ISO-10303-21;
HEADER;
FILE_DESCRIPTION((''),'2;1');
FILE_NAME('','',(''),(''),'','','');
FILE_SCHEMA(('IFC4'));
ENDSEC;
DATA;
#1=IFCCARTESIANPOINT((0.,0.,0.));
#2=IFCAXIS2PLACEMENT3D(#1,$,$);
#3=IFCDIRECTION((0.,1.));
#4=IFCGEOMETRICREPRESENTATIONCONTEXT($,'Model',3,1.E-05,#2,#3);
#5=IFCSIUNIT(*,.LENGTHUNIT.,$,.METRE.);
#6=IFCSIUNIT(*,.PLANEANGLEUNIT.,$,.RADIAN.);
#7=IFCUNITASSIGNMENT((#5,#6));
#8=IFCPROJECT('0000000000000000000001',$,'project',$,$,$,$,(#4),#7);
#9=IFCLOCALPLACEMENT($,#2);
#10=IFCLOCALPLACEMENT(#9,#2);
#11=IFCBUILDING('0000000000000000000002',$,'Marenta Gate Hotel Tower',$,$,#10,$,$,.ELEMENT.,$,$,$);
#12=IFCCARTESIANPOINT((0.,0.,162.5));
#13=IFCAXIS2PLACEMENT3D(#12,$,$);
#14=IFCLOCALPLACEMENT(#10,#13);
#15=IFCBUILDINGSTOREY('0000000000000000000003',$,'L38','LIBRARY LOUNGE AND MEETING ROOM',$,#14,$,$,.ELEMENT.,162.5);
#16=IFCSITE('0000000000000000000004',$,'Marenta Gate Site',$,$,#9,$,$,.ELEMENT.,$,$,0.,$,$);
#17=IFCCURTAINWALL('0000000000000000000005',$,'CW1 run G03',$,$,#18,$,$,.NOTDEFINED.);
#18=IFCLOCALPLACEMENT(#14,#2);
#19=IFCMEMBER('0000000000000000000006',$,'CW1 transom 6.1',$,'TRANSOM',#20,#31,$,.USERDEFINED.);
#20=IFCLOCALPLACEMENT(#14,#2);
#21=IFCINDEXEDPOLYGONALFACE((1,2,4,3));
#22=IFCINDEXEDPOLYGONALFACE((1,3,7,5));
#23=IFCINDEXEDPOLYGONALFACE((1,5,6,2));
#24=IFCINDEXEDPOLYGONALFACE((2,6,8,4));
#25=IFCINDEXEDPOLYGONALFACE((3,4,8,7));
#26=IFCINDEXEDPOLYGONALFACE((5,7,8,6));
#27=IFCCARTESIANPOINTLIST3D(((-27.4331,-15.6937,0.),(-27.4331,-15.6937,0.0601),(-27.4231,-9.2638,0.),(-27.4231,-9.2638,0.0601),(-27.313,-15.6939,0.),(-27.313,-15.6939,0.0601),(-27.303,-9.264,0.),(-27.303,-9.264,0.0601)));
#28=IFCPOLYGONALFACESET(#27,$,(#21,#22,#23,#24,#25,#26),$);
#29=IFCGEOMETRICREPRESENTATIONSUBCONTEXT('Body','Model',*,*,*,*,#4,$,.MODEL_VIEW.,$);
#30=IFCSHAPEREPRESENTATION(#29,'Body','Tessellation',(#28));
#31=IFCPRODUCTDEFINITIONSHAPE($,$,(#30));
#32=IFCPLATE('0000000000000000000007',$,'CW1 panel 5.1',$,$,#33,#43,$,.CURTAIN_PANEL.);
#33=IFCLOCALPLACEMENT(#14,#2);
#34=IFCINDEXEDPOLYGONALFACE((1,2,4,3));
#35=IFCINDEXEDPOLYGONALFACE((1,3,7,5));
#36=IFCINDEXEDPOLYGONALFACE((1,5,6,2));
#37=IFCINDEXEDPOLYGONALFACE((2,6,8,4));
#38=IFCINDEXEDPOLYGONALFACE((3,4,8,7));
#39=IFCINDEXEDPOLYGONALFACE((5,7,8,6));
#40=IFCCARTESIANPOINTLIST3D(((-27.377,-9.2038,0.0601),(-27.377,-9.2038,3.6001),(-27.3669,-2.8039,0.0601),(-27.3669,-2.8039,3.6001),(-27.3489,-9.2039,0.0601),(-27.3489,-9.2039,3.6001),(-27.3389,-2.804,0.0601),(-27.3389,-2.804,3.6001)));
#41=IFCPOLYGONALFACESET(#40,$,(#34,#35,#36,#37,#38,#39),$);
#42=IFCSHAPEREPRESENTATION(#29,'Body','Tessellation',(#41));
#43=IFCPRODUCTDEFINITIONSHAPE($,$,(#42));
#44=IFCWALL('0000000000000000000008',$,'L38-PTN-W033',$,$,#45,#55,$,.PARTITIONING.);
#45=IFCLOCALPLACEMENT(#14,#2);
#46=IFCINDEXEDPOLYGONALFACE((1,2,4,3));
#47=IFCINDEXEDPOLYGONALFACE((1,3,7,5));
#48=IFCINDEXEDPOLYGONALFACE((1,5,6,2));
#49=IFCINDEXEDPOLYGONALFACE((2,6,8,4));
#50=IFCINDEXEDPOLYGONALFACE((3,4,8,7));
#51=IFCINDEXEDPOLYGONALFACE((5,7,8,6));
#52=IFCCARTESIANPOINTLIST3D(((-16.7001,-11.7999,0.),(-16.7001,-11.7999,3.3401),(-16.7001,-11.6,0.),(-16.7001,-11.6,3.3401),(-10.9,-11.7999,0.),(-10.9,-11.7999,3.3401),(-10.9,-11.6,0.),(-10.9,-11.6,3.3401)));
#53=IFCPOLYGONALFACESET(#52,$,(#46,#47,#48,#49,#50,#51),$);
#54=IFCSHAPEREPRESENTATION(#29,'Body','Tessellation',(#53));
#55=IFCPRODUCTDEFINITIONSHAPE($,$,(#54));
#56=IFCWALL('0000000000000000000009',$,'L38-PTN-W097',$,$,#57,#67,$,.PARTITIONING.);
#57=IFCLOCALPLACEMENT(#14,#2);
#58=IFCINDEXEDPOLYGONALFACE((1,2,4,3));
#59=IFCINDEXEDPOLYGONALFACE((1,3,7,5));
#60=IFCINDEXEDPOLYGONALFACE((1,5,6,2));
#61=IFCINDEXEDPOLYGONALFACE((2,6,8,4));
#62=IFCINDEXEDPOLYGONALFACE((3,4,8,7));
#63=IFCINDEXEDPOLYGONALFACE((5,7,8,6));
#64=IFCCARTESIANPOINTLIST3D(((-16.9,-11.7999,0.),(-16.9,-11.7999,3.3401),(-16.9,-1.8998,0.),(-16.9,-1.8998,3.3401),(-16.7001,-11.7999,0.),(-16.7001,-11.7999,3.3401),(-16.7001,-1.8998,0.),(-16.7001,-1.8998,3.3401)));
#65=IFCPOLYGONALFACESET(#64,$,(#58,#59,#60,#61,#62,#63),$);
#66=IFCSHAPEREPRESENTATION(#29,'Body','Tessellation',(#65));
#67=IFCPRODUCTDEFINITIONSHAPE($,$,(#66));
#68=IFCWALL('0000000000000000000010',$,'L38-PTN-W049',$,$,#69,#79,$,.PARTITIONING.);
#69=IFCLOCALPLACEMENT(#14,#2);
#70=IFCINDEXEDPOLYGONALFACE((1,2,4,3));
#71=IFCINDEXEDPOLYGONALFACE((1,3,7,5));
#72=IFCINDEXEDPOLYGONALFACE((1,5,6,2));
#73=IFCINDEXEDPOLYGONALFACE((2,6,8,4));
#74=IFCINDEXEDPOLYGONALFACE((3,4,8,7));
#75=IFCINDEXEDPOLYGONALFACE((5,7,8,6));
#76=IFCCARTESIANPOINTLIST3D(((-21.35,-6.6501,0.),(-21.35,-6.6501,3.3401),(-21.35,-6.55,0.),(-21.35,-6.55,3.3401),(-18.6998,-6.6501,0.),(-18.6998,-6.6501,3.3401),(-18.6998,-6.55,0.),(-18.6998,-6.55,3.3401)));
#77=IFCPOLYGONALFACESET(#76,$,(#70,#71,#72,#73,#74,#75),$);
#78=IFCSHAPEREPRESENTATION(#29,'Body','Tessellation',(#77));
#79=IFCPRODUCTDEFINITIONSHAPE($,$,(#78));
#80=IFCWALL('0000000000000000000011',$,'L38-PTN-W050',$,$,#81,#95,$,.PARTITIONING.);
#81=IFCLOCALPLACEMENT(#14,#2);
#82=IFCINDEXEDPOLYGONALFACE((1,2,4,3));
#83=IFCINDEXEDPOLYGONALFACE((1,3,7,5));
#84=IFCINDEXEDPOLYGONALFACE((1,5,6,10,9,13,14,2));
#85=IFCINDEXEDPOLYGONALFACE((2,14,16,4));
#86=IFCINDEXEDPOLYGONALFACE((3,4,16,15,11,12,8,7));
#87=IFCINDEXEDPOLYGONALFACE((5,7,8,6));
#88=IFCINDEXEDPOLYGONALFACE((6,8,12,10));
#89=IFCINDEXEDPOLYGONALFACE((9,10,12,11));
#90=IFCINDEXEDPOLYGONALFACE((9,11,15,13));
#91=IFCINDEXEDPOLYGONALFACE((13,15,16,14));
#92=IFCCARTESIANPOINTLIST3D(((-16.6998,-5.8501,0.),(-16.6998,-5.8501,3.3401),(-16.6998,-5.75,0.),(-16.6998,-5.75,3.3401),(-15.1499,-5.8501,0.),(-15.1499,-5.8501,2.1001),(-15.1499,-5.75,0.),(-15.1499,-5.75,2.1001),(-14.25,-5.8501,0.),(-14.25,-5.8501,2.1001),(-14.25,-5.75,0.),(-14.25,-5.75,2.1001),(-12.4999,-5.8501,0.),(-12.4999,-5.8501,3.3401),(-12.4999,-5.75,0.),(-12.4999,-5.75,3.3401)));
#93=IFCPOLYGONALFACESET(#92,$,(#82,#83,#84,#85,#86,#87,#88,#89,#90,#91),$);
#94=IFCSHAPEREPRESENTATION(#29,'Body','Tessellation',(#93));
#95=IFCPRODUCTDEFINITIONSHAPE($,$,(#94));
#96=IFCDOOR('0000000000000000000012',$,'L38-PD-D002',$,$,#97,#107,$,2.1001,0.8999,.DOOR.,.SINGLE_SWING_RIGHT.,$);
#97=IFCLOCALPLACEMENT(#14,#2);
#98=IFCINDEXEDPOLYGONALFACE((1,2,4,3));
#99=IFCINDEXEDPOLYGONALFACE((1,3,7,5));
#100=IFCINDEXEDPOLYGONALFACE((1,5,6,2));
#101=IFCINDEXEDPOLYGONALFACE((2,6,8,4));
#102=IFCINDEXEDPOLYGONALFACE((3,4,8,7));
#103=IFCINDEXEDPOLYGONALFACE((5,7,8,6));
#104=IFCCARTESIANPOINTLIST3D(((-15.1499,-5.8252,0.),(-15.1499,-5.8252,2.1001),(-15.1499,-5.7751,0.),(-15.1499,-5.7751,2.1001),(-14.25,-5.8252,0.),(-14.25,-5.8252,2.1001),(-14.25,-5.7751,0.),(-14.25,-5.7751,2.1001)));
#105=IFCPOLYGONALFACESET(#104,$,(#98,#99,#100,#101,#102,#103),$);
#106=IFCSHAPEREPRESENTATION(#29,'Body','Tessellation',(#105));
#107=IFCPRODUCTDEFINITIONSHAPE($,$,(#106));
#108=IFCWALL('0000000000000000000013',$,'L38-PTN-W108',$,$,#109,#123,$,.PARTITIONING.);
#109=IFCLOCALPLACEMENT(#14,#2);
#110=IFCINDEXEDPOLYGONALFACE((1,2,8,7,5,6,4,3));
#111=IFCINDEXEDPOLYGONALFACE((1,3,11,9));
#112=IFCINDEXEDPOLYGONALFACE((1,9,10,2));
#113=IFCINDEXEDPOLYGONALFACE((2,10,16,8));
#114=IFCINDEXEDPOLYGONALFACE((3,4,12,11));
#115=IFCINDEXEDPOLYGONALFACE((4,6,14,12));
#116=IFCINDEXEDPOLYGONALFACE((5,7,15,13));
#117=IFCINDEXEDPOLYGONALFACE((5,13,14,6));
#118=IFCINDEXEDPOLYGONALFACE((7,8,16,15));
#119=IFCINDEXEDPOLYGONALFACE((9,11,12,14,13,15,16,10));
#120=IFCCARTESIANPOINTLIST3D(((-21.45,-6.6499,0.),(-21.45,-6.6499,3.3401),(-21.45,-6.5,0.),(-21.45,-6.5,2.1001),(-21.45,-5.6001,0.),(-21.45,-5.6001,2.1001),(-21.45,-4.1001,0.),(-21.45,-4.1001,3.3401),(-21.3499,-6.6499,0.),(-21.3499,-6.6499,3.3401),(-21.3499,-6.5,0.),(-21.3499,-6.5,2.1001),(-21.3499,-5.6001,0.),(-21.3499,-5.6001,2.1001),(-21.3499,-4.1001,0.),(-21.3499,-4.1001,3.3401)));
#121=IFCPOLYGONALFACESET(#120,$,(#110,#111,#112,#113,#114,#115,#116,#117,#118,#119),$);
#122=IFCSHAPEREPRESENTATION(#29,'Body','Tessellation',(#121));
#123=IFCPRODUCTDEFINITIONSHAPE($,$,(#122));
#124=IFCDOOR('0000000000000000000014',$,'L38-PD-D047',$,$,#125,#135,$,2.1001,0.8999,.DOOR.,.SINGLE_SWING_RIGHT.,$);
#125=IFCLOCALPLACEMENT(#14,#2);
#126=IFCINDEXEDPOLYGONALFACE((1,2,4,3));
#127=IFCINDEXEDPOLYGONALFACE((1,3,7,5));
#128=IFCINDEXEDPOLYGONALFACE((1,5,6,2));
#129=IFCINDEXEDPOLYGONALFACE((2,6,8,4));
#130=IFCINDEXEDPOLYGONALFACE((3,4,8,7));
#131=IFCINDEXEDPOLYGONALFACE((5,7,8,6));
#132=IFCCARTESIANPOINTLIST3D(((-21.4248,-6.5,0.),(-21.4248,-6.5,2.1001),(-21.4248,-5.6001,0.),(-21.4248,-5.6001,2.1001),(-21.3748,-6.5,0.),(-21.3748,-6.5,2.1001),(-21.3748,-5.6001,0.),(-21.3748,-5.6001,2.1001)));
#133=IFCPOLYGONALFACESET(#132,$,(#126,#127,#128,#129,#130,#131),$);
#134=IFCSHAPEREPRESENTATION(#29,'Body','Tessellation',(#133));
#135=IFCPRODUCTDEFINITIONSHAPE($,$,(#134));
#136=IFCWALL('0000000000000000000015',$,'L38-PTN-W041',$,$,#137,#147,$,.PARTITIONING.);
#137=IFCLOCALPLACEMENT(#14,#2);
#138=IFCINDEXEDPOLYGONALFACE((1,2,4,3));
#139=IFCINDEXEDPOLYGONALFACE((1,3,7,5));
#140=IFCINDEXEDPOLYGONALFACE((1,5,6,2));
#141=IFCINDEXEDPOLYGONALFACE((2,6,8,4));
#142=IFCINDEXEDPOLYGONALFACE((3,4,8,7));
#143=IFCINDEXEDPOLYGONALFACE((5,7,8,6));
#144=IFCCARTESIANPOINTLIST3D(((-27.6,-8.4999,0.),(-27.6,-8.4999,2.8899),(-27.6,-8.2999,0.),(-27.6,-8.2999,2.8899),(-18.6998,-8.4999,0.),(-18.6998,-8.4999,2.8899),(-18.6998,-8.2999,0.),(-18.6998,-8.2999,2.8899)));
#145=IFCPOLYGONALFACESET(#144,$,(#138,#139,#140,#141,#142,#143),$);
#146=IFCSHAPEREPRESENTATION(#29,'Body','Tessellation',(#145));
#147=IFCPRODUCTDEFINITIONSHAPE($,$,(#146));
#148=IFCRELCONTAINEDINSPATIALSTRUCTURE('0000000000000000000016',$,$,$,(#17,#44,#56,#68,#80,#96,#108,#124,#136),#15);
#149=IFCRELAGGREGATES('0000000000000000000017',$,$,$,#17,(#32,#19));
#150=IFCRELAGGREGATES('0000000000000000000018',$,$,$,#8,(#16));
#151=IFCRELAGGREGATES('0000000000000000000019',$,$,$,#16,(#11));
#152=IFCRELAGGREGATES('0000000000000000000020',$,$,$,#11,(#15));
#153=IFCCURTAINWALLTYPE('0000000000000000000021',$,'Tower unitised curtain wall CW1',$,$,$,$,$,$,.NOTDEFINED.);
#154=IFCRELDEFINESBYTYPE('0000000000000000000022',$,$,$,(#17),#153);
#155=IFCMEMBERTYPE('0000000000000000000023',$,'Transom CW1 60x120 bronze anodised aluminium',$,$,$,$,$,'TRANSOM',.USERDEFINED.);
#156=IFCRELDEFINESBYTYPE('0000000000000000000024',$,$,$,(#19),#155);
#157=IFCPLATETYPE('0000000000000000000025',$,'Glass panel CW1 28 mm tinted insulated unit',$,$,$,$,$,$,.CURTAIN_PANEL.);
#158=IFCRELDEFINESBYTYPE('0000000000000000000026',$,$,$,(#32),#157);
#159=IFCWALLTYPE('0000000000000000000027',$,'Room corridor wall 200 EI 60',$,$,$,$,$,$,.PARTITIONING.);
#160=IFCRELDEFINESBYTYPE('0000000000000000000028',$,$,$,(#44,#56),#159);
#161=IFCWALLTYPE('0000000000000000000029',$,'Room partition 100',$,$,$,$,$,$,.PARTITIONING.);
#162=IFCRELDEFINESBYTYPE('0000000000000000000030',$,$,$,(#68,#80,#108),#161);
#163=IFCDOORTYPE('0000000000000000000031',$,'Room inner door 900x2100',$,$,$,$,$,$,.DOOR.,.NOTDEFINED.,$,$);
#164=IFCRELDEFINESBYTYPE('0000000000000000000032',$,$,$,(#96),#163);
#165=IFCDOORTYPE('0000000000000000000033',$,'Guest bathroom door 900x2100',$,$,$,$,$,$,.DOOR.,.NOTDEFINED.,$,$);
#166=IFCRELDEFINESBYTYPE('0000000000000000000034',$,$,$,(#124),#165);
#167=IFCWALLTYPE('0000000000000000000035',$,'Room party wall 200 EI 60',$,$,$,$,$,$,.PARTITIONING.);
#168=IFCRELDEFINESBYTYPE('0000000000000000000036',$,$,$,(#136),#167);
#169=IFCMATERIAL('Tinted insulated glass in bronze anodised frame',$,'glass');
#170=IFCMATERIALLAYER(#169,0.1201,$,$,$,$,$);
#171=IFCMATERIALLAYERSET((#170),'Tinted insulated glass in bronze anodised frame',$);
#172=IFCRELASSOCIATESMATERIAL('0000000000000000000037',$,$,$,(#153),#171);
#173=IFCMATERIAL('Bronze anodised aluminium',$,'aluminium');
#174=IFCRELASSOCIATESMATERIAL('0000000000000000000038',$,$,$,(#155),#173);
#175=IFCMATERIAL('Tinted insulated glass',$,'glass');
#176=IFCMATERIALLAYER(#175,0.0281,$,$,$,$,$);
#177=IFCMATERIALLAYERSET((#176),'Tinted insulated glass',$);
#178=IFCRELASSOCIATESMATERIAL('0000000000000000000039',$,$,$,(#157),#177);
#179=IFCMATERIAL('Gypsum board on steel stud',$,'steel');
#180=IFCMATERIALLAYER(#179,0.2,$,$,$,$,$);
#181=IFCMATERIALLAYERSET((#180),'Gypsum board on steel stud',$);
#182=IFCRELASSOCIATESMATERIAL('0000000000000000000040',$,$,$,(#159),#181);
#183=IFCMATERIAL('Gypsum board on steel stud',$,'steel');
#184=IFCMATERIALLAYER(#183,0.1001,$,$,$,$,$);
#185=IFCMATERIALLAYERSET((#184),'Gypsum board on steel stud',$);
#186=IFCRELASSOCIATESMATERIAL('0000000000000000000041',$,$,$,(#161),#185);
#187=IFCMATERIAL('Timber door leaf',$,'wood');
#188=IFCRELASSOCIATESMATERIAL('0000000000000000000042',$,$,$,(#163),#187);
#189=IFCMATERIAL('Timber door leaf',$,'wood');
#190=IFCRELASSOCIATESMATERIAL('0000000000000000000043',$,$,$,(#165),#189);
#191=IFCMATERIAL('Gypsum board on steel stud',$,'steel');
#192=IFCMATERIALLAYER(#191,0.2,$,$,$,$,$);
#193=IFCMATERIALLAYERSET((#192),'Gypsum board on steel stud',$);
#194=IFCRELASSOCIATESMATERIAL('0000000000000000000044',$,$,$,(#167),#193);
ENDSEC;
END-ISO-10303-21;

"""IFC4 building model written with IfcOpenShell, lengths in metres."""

from ifc_helpers import new_model, si_unit, direction, frame, frame_2d, origin, origin_2d, place, context, subcontext, project, spatial, rectangle, extrude, material, layer, layer_set, material_profile, profile_set, type_object, element, fill, aggregate, save


model = new_model("IFC4")

# Units and contexts
model_context = context("Model", 3, precision=1e-05, world=origin(), true_north=direction((0.0, 1.0)))
body_context = subcontext(model_context, "Body", "Model", "MODEL_VIEW")
ifc_project = project(units=[si_unit("LENGTHUNIT", "METRE"), si_unit("PLANEANGLEUNIT", "RADIAN")], contexts=[model_context])

# Site, building, storey
site_placement = place(None, origin())
site = spatial("IfcSite", under=ifc_project, at=site_placement, Name="Marenta Gate Site", CompositionType="ELEMENT", RefElevation=0.0)
building_placement = place(site_placement, origin())
building = spatial("IfcBuilding", under=site, at=building_placement, Name="Marenta Gate Hotel Tower", CompositionType="ELEMENT")
storey_placement = place(building_placement, frame((0.0, 0.0, 162.5)))
storey = spatial("IfcBuildingStorey", under=building, at=storey_placement, Name="L38", Description="LIBRARY LOUNGE AND MEETING ROOM", CompositionType="ELEMENT", Elevation=162.5)

# Curtain wall, member, plate
ifc_material_1 = material(Name="Tinted insulated glass in bronze anodised frame", Category="glass")
ifc_layer_1 = layer(ifc_material_1, 0.1201)
ifc_layer_set_1 = layer_set([ifc_layer_1], Name="Tinted insulated glass in bronze anodised frame")
curtain_wall_type = type_object("IfcCurtainWallType", Name="Tower unitised curtain wall CW1", PredefinedType="NOTDEFINED", material=ifc_layer_set_1)
curtain_wall_placement = place(storey_placement, origin())
curtain_wall = element("IfcCurtainWall", 1, at=curtain_wall_placement, inside=storey, type_object=curtain_wall_type, Name="CW1 run G03", PredefinedType="NOTDEFINED")
ifc_material_2 = material(Name="Bronze anodised aluminium", Category="aluminium")
ifc_material_profile_1 = material_profile(ifc_material_2, rectangle(XDim=0.1201, YDim=0.0601, at=origin_2d()), Name="Transom CW1 60x120 bronze anodised aluminium")
ifc_profile_set_1 = profile_set([ifc_material_profile_1], Name="Bronze anodised aluminium")
member_type_1 = type_object("IfcMemberType", Name="Transom CW1 60x120 bronze anodised aluminium", ElementType="TRANSOM", PredefinedType="USERDEFINED", material=ifc_profile_set_1)
member_1_placement = place(storey_placement, frame((-27.363, -9.2639, 0.03), z_axis=(-0.001557, -0.999999, 0.0), x_axis=(0.999999, -0.001557, 0.0)))
member_1 = element("IfcMember", 2, at=member_1_placement, type_object=member_type_1, Name="CW1 transom 6.1", ObjectType="TRANSOM", PredefinedType="USERDEFINED", context=body_context, shape_type="SweptSolid", body=[
    extrude(rectangle(XDim=0.1201, YDim=0.0601, at=origin_2d()), origin(), (0.0, 0.0, 1.0), 6.4299),
])
ifc_material_3 = material(Name="Tinted insulated glass", Category="glass")
ifc_layer_2 = layer(ifc_material_3, 0.0281)
ifc_layer_set_2 = layer_set([ifc_layer_2], Name="Tinted insulated glass")
plate_type = type_object("IfcPlateType", Name="Glass panel CW1 28 mm tinted insulated unit", PredefinedType="CURTAIN_PANEL", material=ifc_layer_set_2)
plate_placement = place(storey_placement, frame((-27.3579, -6.0039, 0.0601), z_axis=(0.0, 0.0, 1.0), x_axis=(-0.001566, -0.999999, 0.0)))
plate = element("IfcPlate", 3, at=plate_placement, type_object=plate_type, Name="CW1 panel 5.1", PredefinedType="CURTAIN_PANEL", context=body_context, shape_type="SweptSolid", body=[
    extrude(rectangle(XDim=6.3999, YDim=0.0281, at=origin_2d()), origin(), (0.0, 0.0, 1.0), 3.54),
])
aggregate(curtain_wall, [plate, member_1])

# Walls
ifc_material_4 = material(Name="Gypsum board on steel stud", Category="steel")
ifc_layer_3 = layer(ifc_material_4, 0.2)
ifc_layer_set_3 = layer_set([ifc_layer_3], Name="Gypsum board on steel stud")
wall_type_1 = type_object("IfcWallType", Name="Room corridor wall 200 EI 60", PredefinedType="PARTITIONING", material=ifc_layer_set_3)
wall_1_placement = place(storey_placement, frame((-16.7, -11.7, 0.0), z_axis=(0.0, 0.0, 1.0), x_axis=(1.0, 0.0, 0.0)))
element("IfcWall", 4, at=wall_1_placement, inside=storey, type_object=wall_type_1, Name="L38-PTN-W033", PredefinedType="PARTITIONING", context=body_context, shape_type="SweptSolid", body=[
    extrude(rectangle(XDim=5.8, YDim=0.2, at=frame_2d((2.8999, 0.0))), origin(), (0.0, 0.0, 1.0), 3.3401),
])
wall_2_placement = place(storey_placement, frame((-16.8, -11.8, 0.0), z_axis=(0.0, 0.0, 1.0), x_axis=(0.0, 1.0, 0.0)))
element("IfcWall", 5, at=wall_2_placement, inside=storey, type_object=wall_type_1, Name="L38-PTN-W097", PredefinedType="PARTITIONING", context=body_context, shape_type="SweptSolid", body=[
    extrude(rectangle(XDim=9.9001, YDim=0.2, at=frame_2d((4.9502, 0.0))), origin(), (0.0, 0.0, 1.0), 3.3401),
])
ifc_material_5 = material(Name="Gypsum board on steel stud", Category="steel")
ifc_layer_4 = layer(ifc_material_5, 0.1001)
ifc_layer_set_4 = layer_set([ifc_layer_4], Name="Gypsum board on steel stud")
wall_type_2 = type_object("IfcWallType", Name="Room partition 100", PredefinedType="PARTITIONING", material=ifc_layer_set_4)
wall_3_placement = place(storey_placement, frame((-21.3501, -6.6001, 0.0), z_axis=(0.0, 0.0, 1.0), x_axis=(1.0, 0.0, 0.0)))
element("IfcWall", 6, at=wall_3_placement, inside=storey, type_object=wall_type_2, Name="L38-PTN-W049", PredefinedType="PARTITIONING", context=body_context, shape_type="SweptSolid", body=[
    extrude(rectangle(XDim=2.6501, YDim=0.1001, at=frame_2d((1.3252, 0.0))), origin(), (0.0, 0.0, 1.0), 3.3401),
])

# Walls, openings, doors
wall_4_placement = place(storey_placement, frame((-16.7, -5.8, 0.0), z_axis=(0.0, 0.0, 1.0), x_axis=(1.0, 0.0, 0.0)))
wall_4 = element("IfcWall", 7, at=wall_4_placement, inside=storey, type_object=wall_type_2, Name="L38-PTN-W050", PredefinedType="PARTITIONING", context=body_context, shape_type="SweptSolid", body=[
    extrude(rectangle(XDim=4.2, YDim=0.1001, at=frame_2d((2.1001, 0.0))), origin(), (0.0, 0.0, 1.0), 3.3401),
])
opening_1_placement = place(wall_4_placement, frame((1.55, 0.0, 0.0)))
opening_1 = element("IfcOpeningElement", 8, at=opening_1_placement, cuts=wall_4, PredefinedType="OPENING", context=body_context, shape_type="SweptSolid", body=[
    extrude(rectangle(XDim=0.8999, YDim=2.1001, at=frame_2d((0.45, 1.05))), frame((0.0, 0.05, 0.0), z_axis=(0.0, -1.0, 0.0), x_axis=(1.0, 0.0, 0.0)), (0.0, 0.0, 1.0), 0.1001),
])
ifc_material_6 = material(Name="Timber door leaf", Category="wood")
door_type_1 = type_object("IfcDoorType", Name="Room inner door 900x2100", OperationType="NOTDEFINED", PredefinedType="DOOR", material=ifc_material_6)
door_1_placement = place(opening_1_placement, origin())
door_1 = element("IfcDoor", 9, at=door_1_placement, inside=storey, type_object=door_type_1, Name="L38-PD-D002", OperationType="SINGLE_SWING_RIGHT", OverallHeight=2.1001, OverallWidth=0.8999, PredefinedType="DOOR", context=body_context, shape_type="SweptSolid", body=[
    extrude(rectangle(XDim=0.8999, YDim=2.1001, at=frame_2d((0.45, 1.05))), frame((0.0, 0.0249, 0.0), z_axis=(0.0, -1.0, 0.0), x_axis=(1.0, 0.0, 0.0)), (0.0, 0.0, 1.0), 0.05),
])
fill(opening_1, door_1)
wall_5_placement = place(storey_placement, frame((-21.3999, -6.6499, 0.0), z_axis=(0.0, 0.0, 1.0), x_axis=(0.0, 1.0, 0.0)))
wall_5 = element("IfcWall", 10, at=wall_5_placement, inside=storey, type_object=wall_type_2, Name="L38-PTN-W108", PredefinedType="PARTITIONING", context=body_context, shape_type="SweptSolid", body=[
    extrude(rectangle(XDim=2.5498, YDim=0.1001, at=frame_2d((1.2749, 0.0))), origin(), (0.0, 0.0, 1.0), 3.3401),
])
opening_2_placement = place(wall_5_placement, frame((0.1499, 0.0, 0.0)))
opening_2 = element("IfcOpeningElement", 11, at=opening_2_placement, cuts=wall_5, PredefinedType="OPENING", context=body_context, shape_type="SweptSolid", body=[
    extrude(rectangle(XDim=0.8999, YDim=2.1001, at=frame_2d((0.45, 1.05))), frame((0.0, 0.05, 0.0), z_axis=(0.0, -1.0, 0.0), x_axis=(1.0, 0.0, 0.0)), (0.0, 0.0, 1.0), 0.1001),
])
ifc_material_7 = material(Name="Timber door leaf", Category="wood")
door_type_2 = type_object("IfcDoorType", Name="Guest bathroom door 900x2100", OperationType="NOTDEFINED", PredefinedType="DOOR", material=ifc_material_7)
door_2_placement = place(opening_2_placement, origin())
door_2 = element("IfcDoor", 12, at=door_2_placement, inside=storey, type_object=door_type_2, Name="L38-PD-D047", OperationType="SINGLE_SWING_RIGHT", OverallHeight=2.1001, OverallWidth=0.8999, PredefinedType="DOOR", context=body_context, shape_type="SweptSolid", body=[
    extrude(rectangle(XDim=0.8999, YDim=2.1001, at=frame_2d((0.45, 1.05))), frame((0.0, 0.0249, 0.0), z_axis=(0.0, -1.0, 0.0), x_axis=(1.0, 0.0, 0.0)), (0.0, 0.0, 1.0), 0.05),
])
fill(opening_2, door_2)

# Wall
ifc_material_8 = material(Name="Gypsum board on steel stud", Category="steel")
ifc_layer_5 = layer(ifc_material_8, 0.2)
ifc_layer_set_5 = layer_set([ifc_layer_5], Name="Gypsum board on steel stud")
wall_type_3 = type_object("IfcWallType", Name="Room party wall 200 EI 60", PredefinedType="PARTITIONING", material=ifc_layer_set_5)
wall_6_placement = place(storey_placement, frame((-27.6001, -8.3999, 0.0), z_axis=(0.0, 0.0, 1.0), x_axis=(1.0, 0.0, 0.0)))
element("IfcWall", 13, at=wall_6_placement, inside=storey, type_object=wall_type_3, Name="L38-PTN-W041", PredefinedType="PARTITIONING", context=body_context, shape_type="SweptSolid", body=[
    extrude(rectangle(XDim=8.9001, YDim=0.2, at=frame_2d((4.4502, 0.0))), origin(), (0.0, 0.0, 1.0), 2.8899),
])

save(model, "model.ifc")
